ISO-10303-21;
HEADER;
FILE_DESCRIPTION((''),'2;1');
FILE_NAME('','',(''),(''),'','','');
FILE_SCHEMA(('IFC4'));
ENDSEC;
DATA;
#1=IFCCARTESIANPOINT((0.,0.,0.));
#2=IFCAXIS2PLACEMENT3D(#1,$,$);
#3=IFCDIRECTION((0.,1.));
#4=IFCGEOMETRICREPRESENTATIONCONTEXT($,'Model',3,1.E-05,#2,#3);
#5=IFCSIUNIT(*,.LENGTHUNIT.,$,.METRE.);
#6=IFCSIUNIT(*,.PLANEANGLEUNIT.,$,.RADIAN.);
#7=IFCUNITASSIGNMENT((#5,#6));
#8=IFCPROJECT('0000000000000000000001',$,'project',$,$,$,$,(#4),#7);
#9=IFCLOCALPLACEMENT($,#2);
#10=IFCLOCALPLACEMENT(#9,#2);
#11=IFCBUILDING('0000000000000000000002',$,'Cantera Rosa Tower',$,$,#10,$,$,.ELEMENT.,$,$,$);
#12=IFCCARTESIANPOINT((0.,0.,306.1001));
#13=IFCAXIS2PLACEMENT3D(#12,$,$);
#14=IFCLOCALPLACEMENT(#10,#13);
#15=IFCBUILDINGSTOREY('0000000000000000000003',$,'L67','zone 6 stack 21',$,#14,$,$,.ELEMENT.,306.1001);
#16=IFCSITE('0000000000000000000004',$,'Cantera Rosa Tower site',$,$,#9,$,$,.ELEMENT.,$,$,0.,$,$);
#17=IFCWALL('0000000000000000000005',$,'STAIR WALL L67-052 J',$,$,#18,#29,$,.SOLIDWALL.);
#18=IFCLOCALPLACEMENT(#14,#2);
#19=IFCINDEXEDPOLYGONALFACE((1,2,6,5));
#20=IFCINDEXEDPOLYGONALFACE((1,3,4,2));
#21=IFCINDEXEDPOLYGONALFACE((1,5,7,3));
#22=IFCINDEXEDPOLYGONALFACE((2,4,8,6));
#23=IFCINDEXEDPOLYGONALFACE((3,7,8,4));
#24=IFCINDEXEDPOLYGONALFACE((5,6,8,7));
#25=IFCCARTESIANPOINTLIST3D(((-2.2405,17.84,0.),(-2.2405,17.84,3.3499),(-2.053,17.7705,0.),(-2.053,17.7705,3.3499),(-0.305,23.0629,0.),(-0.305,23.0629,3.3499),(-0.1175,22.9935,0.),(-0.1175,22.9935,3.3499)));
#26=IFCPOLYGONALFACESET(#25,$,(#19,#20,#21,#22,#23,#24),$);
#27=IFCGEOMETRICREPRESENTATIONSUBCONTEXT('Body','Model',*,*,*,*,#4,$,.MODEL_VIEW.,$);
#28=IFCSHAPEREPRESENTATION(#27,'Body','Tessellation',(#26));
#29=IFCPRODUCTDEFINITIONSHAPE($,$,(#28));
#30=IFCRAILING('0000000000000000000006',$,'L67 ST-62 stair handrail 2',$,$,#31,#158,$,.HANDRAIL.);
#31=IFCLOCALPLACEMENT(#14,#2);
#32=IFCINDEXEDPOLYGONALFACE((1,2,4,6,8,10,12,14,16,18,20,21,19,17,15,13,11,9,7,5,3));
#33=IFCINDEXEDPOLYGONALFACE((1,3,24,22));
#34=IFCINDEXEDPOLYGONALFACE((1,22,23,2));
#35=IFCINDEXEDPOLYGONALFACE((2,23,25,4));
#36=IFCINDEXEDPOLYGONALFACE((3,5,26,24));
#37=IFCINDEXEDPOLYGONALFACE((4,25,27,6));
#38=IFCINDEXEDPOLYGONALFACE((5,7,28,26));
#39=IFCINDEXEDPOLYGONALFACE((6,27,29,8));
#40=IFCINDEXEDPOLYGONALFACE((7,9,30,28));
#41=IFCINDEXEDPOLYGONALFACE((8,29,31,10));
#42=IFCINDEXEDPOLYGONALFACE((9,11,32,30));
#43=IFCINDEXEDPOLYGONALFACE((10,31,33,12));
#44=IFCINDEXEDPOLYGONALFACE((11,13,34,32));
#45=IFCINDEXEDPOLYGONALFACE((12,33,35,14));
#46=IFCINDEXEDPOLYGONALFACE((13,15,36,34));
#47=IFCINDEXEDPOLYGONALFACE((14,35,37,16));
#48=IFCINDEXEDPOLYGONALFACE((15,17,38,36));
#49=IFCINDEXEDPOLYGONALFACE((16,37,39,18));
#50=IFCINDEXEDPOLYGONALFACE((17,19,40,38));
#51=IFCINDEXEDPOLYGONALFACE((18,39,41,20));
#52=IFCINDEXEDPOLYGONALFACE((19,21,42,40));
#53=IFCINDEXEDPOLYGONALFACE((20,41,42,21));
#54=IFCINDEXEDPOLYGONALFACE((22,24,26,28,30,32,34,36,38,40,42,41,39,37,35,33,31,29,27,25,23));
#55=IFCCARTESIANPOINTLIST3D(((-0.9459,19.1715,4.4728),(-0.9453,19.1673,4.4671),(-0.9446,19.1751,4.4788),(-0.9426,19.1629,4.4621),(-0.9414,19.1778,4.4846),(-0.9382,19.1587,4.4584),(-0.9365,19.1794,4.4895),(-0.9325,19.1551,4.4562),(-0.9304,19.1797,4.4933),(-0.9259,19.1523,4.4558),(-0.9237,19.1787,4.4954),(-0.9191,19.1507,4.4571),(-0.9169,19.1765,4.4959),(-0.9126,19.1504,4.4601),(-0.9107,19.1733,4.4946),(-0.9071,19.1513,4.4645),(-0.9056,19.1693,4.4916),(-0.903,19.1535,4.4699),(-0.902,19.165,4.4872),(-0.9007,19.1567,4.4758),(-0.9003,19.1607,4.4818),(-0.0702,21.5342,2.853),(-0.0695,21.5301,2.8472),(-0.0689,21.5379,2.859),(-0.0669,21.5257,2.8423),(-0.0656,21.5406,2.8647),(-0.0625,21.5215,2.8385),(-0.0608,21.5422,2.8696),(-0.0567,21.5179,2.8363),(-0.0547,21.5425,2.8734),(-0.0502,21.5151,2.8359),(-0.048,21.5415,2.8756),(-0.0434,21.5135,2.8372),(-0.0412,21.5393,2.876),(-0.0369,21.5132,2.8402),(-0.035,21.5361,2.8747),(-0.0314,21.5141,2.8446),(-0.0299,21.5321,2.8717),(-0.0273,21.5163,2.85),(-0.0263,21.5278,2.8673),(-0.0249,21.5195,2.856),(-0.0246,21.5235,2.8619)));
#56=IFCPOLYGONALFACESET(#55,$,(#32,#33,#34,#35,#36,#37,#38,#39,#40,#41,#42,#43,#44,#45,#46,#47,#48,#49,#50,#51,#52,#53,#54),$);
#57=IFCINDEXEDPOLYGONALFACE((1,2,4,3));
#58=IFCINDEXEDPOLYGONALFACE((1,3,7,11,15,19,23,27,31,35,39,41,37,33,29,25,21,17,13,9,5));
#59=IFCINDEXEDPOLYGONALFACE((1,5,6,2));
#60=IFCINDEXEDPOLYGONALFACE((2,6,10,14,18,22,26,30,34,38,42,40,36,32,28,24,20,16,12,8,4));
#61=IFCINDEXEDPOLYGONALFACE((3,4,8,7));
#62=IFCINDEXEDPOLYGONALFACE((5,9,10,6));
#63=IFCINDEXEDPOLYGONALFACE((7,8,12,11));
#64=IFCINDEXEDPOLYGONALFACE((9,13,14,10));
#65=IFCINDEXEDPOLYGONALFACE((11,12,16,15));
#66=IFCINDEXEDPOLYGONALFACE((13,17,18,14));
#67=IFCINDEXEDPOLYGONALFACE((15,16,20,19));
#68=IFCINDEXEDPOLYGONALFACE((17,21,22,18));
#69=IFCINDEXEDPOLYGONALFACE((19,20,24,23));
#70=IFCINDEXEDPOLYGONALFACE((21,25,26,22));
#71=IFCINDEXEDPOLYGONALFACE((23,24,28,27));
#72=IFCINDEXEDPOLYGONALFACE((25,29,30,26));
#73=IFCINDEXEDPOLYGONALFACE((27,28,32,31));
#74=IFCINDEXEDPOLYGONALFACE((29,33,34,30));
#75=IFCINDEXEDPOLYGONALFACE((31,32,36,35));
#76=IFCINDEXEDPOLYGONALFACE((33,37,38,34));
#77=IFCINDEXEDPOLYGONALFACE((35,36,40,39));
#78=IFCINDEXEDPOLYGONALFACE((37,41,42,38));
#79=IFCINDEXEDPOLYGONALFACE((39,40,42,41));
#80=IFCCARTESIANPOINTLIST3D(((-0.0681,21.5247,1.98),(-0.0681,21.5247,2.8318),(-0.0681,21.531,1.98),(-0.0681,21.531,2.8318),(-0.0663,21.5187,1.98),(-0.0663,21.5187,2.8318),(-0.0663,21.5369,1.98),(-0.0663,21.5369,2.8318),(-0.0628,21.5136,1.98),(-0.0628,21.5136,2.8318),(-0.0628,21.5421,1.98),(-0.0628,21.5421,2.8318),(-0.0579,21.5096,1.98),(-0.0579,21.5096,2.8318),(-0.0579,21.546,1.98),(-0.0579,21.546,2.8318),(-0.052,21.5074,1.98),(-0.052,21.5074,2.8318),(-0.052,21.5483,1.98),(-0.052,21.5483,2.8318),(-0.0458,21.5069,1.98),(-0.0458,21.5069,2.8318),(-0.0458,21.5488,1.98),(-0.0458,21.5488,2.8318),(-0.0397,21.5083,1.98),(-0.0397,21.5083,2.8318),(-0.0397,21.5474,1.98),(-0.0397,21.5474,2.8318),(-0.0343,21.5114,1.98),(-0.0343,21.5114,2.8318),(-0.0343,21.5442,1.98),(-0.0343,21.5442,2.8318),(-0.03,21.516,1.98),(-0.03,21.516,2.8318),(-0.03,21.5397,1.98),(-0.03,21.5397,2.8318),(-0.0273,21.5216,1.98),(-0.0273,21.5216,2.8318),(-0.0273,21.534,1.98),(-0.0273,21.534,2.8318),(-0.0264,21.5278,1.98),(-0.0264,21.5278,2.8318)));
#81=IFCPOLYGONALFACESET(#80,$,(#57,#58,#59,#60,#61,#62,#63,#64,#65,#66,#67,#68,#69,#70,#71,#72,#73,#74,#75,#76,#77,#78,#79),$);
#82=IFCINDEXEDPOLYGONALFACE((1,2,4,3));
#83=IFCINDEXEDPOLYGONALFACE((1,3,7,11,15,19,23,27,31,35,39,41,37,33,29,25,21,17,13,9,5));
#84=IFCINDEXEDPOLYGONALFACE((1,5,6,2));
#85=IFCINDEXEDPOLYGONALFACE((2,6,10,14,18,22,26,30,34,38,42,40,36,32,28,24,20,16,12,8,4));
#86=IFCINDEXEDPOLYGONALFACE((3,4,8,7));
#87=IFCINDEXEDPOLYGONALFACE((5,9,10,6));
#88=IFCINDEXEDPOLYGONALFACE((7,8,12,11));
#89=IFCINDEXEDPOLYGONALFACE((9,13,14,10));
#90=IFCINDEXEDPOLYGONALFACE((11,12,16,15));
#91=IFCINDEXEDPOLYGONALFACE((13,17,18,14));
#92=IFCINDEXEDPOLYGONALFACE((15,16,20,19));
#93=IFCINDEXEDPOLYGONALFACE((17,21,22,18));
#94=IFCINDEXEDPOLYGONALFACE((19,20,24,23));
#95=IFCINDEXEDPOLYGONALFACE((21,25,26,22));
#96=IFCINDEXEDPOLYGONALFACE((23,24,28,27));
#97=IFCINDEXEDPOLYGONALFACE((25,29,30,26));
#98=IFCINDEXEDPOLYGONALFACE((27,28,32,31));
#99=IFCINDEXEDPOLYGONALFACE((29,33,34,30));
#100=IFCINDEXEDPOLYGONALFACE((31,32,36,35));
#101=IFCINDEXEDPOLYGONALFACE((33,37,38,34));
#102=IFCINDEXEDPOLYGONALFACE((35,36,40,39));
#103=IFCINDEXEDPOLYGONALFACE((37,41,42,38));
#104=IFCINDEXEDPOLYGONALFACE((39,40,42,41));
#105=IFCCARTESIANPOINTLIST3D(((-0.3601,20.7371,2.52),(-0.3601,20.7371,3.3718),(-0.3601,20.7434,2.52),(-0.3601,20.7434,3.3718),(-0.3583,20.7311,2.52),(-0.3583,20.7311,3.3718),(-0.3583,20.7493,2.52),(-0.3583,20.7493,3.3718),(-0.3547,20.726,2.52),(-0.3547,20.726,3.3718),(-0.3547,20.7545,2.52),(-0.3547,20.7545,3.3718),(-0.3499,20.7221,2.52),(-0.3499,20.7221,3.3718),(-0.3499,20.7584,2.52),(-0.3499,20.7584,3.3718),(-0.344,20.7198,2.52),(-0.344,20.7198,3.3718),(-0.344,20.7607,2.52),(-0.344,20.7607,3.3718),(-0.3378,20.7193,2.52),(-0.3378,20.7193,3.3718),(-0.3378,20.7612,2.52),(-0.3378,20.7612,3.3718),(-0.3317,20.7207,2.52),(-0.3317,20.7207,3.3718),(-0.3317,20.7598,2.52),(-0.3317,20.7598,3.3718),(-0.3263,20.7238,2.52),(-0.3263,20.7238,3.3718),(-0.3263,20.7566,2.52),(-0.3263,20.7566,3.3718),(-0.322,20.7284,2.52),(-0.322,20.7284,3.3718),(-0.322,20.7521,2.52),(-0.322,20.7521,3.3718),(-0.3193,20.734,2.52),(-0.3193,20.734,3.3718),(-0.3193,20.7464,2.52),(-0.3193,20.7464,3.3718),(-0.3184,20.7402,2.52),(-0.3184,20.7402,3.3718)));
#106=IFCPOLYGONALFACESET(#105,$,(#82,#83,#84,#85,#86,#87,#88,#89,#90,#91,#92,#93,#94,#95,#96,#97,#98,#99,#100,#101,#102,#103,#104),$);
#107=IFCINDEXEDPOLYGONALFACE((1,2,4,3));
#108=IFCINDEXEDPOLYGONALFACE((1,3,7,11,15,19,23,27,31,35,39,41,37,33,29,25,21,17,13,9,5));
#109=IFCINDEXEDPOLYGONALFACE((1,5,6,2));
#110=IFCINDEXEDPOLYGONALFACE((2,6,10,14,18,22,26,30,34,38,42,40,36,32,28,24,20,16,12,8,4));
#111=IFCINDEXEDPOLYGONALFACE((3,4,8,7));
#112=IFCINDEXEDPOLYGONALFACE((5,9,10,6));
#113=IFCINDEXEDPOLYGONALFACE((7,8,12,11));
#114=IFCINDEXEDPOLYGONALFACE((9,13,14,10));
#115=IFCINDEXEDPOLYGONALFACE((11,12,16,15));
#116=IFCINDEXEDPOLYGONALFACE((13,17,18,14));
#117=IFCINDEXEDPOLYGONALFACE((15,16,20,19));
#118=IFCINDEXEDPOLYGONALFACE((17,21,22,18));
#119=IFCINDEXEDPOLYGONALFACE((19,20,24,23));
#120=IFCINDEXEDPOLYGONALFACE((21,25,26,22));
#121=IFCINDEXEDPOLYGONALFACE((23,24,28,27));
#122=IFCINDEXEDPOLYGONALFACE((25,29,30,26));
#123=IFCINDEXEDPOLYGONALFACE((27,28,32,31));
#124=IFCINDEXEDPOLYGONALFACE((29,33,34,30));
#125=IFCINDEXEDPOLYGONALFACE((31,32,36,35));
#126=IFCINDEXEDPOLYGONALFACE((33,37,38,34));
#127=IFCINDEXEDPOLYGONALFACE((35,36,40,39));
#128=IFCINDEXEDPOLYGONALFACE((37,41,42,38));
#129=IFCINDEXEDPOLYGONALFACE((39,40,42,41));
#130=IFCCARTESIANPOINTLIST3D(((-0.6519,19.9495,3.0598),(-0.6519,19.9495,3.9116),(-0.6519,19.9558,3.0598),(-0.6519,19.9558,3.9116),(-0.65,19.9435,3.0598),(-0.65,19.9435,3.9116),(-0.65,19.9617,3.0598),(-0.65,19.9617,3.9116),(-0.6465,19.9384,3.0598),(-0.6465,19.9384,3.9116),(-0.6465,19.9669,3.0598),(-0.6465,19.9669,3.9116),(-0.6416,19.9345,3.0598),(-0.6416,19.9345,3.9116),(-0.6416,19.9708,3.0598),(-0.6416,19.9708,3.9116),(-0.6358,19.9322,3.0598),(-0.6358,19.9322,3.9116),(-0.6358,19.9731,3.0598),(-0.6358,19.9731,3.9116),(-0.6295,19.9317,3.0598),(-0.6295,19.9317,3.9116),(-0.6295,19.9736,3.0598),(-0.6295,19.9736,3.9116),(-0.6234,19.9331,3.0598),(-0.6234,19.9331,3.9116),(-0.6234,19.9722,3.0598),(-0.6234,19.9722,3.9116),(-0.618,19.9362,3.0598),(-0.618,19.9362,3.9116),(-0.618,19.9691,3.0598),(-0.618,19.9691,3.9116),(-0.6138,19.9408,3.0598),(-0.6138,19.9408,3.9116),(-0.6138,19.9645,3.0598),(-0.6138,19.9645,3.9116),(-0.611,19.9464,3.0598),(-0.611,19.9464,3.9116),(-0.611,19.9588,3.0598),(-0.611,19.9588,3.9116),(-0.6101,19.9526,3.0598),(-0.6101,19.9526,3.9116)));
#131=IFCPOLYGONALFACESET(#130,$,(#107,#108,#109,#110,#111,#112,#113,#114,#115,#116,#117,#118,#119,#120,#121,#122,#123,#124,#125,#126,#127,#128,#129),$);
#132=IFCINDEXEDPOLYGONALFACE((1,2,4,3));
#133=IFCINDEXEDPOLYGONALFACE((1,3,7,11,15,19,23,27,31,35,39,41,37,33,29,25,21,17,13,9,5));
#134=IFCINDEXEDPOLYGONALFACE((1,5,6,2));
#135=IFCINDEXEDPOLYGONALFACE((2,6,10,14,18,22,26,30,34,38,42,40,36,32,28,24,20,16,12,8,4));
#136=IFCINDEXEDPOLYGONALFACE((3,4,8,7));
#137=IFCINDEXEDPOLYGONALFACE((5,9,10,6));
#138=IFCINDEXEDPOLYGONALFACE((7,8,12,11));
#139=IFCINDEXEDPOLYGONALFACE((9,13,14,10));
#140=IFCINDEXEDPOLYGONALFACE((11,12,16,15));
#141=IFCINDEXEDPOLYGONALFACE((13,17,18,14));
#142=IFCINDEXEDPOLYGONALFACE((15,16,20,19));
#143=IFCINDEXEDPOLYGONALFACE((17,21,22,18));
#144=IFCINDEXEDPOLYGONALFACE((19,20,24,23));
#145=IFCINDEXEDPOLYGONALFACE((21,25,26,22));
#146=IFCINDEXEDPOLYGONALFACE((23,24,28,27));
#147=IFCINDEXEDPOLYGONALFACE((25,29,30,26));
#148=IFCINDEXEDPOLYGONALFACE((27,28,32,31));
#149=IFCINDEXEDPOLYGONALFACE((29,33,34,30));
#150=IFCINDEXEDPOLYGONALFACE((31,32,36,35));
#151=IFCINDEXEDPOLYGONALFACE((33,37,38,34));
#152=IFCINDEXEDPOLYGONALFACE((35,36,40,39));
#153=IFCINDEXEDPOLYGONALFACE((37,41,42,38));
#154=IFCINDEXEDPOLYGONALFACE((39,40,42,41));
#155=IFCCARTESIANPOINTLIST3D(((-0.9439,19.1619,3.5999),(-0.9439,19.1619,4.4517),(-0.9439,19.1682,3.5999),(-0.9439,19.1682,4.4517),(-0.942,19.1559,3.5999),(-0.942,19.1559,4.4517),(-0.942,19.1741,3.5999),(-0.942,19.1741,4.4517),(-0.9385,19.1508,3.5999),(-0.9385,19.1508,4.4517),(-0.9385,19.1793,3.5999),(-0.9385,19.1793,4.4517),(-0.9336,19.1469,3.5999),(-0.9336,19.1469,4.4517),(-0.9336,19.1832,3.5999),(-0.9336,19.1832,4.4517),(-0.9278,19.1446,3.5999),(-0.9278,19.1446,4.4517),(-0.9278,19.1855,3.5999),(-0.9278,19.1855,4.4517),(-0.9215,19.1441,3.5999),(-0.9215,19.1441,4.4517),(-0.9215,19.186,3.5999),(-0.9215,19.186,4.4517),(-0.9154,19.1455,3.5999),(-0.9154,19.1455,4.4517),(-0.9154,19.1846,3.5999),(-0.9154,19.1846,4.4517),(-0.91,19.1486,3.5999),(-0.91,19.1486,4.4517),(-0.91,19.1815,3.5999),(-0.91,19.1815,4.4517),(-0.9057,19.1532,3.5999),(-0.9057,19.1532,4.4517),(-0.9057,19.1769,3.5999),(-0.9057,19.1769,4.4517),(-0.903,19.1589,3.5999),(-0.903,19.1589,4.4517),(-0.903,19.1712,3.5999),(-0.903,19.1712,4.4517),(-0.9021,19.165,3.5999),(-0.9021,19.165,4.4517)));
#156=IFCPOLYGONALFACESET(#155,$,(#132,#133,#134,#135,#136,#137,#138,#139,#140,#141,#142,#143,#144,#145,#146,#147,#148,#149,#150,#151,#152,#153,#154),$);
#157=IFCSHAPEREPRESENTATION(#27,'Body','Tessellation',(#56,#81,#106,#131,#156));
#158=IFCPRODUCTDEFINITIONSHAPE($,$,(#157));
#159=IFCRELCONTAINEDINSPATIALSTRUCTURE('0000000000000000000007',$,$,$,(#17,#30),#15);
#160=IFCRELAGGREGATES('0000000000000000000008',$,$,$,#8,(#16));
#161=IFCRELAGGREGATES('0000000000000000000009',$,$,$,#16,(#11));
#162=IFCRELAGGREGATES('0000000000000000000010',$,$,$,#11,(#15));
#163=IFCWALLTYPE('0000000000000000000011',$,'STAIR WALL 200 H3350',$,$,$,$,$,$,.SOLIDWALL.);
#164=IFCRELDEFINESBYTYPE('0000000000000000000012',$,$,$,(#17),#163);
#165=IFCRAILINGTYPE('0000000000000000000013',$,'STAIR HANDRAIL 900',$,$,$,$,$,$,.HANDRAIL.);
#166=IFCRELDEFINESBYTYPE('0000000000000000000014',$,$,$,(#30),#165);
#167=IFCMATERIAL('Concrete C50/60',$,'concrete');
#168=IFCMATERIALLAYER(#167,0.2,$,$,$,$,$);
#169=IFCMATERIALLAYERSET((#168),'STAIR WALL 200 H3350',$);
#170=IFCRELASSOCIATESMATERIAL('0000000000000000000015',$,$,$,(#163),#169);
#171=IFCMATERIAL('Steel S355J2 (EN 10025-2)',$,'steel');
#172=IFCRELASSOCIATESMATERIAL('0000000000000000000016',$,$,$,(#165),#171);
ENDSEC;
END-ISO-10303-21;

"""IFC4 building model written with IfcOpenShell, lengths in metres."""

from ifc_helpers import new_model, si_unit, direction, frame, frame_2d, origin, origin_2d, place, context, subcontext, project, spatial, rectangle, circle, extrude, material, layer, layer_set, type_object, element, save


model = new_model("IFC4")

# Units and contexts
model_context = context("Model", 3, precision=1e-05, world=origin(), true_north=direction((0.0, 1.0)))
body_context = subcontext(model_context, "Body", "Model", "MODEL_VIEW")
ifc_project = project(units=[si_unit("LENGTHUNIT", "METRE"), si_unit("PLANEANGLEUNIT", "RADIAN")], contexts=[model_context])

# Site, building, storey
site_placement = place(None, origin())
site = spatial("IfcSite", under=ifc_project, at=site_placement, Name="Cantera Rosa Tower site", CompositionType="ELEMENT", RefElevation=0.0)
building_placement = place(site_placement, origin())
building = spatial("IfcBuilding", under=site, at=building_placement, Name="Cantera Rosa Tower", CompositionType="ELEMENT")
storey_placement = place(building_placement, frame((0.0, 0.0, 306.1001)))
storey = spatial("IfcBuildingStorey", under=building, at=storey_placement, Name="L67", Description="zone 6 stack 21", CompositionType="ELEMENT", Elevation=306.1001)

# Shared definitions
ifc_material_1 = material(Name="Concrete C50/60", Category="concrete")
ifc_layer_1 = layer(ifc_material_1, 0.2)
ifc_layer_set_1 = layer_set([ifc_layer_1], Name="STAIR WALL 200 H3350")
wall_type_1 = type_object("IfcWallType", Name="STAIR WALL 200 H3350", PredefinedType="SOLIDWALL", material=ifc_layer_set_1)

# Wall
wall_1_placement = place(storey_placement, frame((-0.2112, 23.0283, 0.0), z_axis=(0.0, 0.0, 1.0), x_axis=(-0.347494, -0.937682, 0.0)))
element("IfcWall", 1, at=wall_1_placement, inside=storey, type_object=wall_type_1, Name="STAIR WALL L67-052 J", PredefinedType="SOLIDWALL", context=body_context, shape_type="SweptSolid", body=[
    extrude(rectangle(XDim=5.5701, YDim=0.2, at=frame_2d((2.7852, 0.0))), origin(), (0.0, 0.0, 1.0), 3.3499),
])

# Railing
ifc_material_2 = material(Name="Steel S355J2 (EN 10025-2)", Category="steel")
railing_type = type_object("IfcRailingType", Name="STAIR HANDRAIL 900", PredefinedType="HANDRAIL", material=ifc_material_2)
railing_placement = place(storey_placement, frame((-0.0474, 21.5278, 1.98)))
element("IfcRailing", 2, at=railing_placement, inside=storey, type_object=railing_type, Name="L67 ST-62 stair handrail 2", PredefinedType="HANDRAIL", context=body_context, shape_type="SweptSolid", body=[
    extrude(circle(Radius=0.0239, at=origin_2d()), frame((0.0, 0.0, 0.876), z_axis=(-0.292338, -0.788752, 0.540749), x_axis=(0.937668, -0.347532, 0.0)), (0.0, 0.0, 1.0), 2.9956),
    extrude(circle(Radius=0.021, at=origin_2d()), origin(), (0.0, 0.0, 1.0), 0.8518),
    extrude(circle(Radius=0.021, at=origin_2d()), frame((-0.292, -0.7876, 0.54)), (0.0, 0.0, 1.0), 0.8518),
    extrude(circle(Radius=0.021, at=origin_2d()), frame((-0.5837, -1.5752, 1.0798)), (0.0, 0.0, 1.0), 0.8518),
    extrude(circle(Radius=0.021, at=origin_2d()), frame((-0.8757, -2.3628, 1.6199)), (0.0, 0.0, 1.0), 0.8518),
])

save(model, "model.ifc")
